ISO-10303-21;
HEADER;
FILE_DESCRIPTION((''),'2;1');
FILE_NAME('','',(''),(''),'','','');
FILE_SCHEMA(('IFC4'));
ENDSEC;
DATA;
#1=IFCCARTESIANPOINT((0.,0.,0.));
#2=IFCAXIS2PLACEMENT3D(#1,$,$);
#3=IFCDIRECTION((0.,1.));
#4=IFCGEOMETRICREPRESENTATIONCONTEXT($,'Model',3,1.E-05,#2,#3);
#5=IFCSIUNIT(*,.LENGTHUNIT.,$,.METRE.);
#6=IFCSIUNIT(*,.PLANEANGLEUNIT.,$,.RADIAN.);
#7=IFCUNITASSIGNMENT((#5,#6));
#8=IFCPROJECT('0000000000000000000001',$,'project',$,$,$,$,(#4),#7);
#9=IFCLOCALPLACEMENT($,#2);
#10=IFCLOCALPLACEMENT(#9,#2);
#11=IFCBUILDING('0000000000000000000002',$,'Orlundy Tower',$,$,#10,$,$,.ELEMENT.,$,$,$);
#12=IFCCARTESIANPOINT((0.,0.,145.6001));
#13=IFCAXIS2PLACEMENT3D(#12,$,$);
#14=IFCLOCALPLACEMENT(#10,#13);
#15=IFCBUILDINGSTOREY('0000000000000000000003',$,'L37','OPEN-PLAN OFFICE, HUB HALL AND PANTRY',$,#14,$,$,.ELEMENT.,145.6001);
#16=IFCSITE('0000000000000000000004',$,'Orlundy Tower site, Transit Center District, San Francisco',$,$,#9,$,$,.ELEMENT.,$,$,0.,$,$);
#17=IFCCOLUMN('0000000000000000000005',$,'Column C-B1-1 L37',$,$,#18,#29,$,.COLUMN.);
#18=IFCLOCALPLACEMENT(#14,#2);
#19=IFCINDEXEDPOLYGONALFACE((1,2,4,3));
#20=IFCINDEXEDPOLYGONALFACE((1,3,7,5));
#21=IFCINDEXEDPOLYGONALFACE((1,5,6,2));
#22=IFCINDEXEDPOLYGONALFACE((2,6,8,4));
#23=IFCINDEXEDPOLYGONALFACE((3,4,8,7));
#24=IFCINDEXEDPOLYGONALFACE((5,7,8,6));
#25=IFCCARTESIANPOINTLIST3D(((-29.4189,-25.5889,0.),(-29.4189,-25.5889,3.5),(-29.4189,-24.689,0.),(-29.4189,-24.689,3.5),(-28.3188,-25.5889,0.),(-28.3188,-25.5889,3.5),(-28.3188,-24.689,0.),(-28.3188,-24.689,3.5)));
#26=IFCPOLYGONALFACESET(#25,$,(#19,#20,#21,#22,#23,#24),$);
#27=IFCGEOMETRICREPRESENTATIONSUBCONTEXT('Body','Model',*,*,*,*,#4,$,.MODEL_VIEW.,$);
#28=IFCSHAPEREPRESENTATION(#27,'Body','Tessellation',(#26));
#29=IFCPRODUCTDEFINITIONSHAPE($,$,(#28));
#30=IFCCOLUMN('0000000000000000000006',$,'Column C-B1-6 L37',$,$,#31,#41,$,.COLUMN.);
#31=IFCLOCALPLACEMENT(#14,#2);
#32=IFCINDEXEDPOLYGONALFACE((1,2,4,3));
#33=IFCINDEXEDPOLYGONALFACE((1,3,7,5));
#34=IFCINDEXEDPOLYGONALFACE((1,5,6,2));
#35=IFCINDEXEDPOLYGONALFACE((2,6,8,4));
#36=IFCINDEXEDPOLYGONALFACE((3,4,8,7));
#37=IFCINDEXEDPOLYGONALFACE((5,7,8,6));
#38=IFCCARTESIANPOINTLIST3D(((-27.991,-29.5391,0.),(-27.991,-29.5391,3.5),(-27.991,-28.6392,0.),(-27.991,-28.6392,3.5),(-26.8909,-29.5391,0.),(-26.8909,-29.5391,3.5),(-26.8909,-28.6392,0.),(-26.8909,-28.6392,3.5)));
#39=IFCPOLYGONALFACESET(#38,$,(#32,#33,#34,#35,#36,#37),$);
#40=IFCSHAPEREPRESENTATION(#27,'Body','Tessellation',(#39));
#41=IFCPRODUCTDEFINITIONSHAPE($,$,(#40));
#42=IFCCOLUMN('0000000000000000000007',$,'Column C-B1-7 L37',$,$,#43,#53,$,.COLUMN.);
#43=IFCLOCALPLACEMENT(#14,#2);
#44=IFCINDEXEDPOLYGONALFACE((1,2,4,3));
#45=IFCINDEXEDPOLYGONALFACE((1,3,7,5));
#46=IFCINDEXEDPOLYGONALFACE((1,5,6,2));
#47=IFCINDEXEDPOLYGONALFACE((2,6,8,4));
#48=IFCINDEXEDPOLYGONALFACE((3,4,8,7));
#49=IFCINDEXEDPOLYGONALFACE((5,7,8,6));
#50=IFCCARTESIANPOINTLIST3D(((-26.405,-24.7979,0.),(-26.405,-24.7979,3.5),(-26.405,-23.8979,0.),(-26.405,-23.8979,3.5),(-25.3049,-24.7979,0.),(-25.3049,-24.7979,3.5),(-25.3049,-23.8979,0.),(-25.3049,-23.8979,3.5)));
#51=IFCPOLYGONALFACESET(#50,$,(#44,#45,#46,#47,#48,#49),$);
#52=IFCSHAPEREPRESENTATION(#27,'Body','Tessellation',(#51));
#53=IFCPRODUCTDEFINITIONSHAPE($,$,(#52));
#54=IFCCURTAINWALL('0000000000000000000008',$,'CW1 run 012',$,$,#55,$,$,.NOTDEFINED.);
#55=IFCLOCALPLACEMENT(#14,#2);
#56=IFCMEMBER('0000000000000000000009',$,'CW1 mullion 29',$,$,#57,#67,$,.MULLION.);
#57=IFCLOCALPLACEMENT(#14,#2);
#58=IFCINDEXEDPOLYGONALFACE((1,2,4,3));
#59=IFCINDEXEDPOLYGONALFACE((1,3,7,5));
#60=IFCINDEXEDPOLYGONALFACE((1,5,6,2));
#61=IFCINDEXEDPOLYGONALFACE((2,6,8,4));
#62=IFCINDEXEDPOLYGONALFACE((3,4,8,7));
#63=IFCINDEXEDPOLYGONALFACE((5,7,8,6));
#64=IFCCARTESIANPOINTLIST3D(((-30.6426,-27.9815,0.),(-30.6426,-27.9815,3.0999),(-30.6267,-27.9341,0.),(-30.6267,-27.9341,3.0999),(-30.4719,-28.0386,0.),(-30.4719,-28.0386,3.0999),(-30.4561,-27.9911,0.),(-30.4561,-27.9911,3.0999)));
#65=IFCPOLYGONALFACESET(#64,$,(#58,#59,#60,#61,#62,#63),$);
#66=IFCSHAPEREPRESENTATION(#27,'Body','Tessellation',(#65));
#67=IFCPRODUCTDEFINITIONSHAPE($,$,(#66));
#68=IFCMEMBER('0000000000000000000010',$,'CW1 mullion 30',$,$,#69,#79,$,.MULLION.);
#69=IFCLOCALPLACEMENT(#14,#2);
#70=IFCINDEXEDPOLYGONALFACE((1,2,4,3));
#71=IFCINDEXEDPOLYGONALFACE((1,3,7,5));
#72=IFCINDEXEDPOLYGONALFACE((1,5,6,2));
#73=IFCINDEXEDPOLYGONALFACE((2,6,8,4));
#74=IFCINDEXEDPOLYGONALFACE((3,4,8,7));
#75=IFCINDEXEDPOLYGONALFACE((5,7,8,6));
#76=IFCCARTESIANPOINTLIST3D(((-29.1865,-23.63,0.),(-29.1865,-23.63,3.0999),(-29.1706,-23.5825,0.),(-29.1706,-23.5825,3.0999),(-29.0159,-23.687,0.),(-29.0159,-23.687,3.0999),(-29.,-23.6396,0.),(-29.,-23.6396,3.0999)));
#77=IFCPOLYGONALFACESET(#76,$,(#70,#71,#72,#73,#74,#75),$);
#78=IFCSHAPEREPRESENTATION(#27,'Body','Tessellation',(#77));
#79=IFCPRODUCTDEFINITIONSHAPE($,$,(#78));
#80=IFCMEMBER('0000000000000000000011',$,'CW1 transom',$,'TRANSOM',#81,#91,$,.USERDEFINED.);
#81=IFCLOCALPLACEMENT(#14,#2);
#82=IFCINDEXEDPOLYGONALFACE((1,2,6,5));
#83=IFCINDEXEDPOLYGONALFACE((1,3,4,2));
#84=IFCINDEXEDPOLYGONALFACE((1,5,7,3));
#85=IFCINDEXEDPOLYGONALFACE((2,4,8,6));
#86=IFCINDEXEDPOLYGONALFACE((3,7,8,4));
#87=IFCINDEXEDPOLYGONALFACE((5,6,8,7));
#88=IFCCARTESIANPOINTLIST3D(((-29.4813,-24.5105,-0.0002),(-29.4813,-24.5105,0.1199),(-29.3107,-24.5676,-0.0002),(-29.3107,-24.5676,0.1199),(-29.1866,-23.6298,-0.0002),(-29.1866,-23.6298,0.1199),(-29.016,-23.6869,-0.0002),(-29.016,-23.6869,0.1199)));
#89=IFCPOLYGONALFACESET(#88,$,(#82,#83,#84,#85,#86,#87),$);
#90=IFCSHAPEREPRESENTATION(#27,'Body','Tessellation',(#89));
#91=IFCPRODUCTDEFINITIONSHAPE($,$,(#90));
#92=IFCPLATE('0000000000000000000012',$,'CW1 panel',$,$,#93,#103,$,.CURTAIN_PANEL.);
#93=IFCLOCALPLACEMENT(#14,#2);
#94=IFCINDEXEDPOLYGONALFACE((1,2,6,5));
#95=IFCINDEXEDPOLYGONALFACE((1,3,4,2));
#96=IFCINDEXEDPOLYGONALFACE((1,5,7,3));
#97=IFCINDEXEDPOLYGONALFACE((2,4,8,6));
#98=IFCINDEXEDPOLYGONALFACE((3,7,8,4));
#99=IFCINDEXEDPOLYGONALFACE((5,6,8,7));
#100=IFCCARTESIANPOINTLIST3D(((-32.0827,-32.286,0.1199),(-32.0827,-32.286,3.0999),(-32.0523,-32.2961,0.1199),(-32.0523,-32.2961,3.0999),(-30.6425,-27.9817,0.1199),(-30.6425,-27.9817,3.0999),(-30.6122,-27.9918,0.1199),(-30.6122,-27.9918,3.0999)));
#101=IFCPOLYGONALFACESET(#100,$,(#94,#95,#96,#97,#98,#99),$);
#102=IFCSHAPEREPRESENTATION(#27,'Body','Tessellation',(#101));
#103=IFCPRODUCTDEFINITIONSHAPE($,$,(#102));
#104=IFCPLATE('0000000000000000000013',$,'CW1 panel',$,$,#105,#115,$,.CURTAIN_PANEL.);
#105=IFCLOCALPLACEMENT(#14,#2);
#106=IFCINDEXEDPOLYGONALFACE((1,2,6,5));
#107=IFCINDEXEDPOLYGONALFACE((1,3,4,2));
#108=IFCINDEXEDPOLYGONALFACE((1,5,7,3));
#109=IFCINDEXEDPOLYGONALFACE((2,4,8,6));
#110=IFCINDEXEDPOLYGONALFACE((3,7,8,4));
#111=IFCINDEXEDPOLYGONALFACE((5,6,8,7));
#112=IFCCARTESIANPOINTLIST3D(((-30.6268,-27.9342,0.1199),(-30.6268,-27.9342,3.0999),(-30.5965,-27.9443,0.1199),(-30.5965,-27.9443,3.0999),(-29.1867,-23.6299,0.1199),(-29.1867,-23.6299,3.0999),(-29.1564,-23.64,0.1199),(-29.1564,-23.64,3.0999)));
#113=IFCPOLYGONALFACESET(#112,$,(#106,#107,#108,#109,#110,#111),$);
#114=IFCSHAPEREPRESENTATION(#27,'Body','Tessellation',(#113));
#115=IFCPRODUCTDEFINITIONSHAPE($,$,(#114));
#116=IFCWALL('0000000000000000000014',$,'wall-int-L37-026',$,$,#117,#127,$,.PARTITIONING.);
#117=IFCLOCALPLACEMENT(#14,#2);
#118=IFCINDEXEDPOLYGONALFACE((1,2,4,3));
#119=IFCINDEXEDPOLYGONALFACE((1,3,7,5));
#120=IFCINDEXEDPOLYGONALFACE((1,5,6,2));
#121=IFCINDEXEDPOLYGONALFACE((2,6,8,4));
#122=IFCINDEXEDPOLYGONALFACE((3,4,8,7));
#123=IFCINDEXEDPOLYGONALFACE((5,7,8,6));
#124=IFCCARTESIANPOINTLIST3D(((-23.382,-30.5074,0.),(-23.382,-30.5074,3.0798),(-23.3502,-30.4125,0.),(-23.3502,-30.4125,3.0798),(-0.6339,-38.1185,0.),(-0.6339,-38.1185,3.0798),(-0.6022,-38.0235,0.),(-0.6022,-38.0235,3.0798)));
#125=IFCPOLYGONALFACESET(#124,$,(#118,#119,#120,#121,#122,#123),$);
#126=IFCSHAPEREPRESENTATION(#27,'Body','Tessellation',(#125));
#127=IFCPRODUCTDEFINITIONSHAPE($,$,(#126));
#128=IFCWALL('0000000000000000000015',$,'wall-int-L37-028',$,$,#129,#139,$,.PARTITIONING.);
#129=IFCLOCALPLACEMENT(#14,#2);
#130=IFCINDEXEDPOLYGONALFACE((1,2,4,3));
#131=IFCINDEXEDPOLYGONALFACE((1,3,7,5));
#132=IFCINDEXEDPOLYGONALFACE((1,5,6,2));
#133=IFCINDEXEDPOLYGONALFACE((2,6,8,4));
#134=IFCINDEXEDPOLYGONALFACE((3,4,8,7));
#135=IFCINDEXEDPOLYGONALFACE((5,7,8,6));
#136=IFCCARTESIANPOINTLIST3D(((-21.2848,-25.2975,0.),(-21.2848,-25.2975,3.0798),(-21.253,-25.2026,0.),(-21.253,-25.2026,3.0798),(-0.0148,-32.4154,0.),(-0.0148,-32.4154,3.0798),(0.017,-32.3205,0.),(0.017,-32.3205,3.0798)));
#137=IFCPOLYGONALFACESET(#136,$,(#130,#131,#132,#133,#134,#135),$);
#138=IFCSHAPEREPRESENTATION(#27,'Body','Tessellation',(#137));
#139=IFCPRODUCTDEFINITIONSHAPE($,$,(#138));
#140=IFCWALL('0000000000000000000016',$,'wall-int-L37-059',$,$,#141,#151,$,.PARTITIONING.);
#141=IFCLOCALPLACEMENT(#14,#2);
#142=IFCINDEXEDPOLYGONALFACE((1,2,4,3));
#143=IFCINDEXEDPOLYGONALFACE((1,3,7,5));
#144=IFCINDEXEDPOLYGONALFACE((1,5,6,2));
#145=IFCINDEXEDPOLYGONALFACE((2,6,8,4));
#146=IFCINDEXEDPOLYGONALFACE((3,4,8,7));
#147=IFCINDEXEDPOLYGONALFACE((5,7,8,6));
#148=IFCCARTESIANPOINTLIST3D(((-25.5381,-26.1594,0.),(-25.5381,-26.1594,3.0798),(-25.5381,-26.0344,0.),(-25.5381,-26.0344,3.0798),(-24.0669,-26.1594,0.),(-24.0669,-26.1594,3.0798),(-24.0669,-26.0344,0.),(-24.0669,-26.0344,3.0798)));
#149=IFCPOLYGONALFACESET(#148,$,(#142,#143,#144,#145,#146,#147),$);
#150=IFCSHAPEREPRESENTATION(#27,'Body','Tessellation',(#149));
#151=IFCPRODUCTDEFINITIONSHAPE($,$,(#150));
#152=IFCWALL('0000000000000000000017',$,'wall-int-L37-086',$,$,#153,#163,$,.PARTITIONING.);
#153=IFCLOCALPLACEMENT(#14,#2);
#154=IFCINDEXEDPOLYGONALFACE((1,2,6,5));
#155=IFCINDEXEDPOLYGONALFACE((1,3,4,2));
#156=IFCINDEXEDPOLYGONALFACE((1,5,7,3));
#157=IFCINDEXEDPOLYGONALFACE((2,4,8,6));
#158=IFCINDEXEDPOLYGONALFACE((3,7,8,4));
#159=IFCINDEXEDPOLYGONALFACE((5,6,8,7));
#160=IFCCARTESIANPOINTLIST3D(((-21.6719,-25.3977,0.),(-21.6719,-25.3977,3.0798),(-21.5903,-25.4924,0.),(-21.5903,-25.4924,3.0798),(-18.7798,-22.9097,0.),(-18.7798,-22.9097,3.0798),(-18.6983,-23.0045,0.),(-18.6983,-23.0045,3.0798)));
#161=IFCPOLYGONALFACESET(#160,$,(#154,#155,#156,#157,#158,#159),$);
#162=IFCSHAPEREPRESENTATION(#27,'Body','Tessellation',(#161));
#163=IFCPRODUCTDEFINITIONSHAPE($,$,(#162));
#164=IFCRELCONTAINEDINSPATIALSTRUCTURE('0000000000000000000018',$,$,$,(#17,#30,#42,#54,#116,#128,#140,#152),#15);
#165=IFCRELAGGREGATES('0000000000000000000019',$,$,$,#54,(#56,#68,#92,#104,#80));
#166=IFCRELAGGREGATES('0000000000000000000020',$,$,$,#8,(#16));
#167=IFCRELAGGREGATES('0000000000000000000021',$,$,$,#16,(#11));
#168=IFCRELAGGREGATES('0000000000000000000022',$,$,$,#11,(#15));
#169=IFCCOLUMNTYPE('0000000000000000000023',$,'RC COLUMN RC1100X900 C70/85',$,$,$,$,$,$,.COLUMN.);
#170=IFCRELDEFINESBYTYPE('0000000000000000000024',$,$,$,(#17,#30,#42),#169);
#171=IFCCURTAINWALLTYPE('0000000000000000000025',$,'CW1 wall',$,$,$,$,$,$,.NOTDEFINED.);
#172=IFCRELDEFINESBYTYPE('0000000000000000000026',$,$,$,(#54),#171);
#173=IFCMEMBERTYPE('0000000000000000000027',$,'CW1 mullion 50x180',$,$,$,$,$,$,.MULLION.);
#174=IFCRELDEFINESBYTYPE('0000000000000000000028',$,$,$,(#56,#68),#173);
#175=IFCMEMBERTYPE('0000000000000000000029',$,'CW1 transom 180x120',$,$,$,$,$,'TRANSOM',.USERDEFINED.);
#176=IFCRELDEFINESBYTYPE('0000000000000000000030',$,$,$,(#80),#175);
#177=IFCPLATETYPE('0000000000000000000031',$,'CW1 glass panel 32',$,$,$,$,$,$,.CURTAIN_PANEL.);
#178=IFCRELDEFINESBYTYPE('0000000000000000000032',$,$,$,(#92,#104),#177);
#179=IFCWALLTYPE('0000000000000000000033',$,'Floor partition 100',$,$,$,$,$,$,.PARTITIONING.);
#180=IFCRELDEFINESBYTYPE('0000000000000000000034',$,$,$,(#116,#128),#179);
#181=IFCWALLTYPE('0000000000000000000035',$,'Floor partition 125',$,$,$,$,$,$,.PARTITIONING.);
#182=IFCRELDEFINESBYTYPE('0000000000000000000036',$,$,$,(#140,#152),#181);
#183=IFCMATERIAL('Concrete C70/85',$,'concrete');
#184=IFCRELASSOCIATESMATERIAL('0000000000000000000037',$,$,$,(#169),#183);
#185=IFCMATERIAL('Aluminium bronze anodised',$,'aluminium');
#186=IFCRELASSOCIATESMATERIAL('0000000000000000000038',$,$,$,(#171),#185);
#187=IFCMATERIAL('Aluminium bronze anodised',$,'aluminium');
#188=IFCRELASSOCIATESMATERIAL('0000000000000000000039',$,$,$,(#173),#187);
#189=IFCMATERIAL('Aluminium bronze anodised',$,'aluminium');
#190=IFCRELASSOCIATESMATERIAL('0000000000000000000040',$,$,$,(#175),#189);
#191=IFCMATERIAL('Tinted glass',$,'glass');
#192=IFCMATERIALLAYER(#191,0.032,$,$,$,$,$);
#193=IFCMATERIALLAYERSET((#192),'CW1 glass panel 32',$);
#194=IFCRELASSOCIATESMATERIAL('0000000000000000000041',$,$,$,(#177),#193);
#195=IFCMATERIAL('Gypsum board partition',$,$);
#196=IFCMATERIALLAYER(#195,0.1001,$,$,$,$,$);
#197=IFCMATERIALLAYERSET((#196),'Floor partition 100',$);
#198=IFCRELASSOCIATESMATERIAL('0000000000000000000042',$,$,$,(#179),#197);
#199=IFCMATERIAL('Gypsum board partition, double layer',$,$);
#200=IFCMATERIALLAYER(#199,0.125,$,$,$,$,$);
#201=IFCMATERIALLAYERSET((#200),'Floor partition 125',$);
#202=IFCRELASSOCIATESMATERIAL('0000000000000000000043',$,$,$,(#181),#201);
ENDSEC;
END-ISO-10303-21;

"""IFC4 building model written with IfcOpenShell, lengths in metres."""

from ifc_helpers import new_model, si_unit, direction, frame, frame_2d, origin, origin_2d, place, context, subcontext, project, spatial, rectangle, extrude, material, layer, layer_set, material_profile, profile_set, type_object, element, aggregate, save


model = new_model("IFC4")

# Units and contexts
model_context = context("Model", 3, precision=1e-05, world=origin(), true_north=direction((0.0, 1.0)))
body_context = subcontext(model_context, "Body", "Model", "MODEL_VIEW")
ifc_project = project(units=[si_unit("LENGTHUNIT", "METRE"), si_unit("PLANEANGLEUNIT", "RADIAN")], contexts=[model_context])

# Site, building, storey
site_placement = place(None, origin())
site = spatial("IfcSite", under=ifc_project, at=site_placement, Name="Orlundy Tower site, Transit Center District, San Francisco", CompositionType="ELEMENT", RefElevation=0.0)
building_placement = place(site_placement, origin())
building = spatial("IfcBuilding", under=site, at=building_placement, Name="Orlundy Tower", CompositionType="ELEMENT")
storey_placement = place(building_placement, frame((0.0, 0.0, 145.6001)))
storey = spatial("IfcBuildingStorey", under=building, at=storey_placement, Name="L37", Description="OPEN-PLAN OFFICE, HUB HALL AND PANTRY", CompositionType="ELEMENT", Elevation=145.6001)

# Columns
ifc_material_1 = material(Name="Concrete C70/85", Category="concrete")
ifc_material_profile_1 = material_profile(ifc_material_1, rectangle(XDim=1.1001, YDim=0.8999, at=origin_2d()), Name="RC1100X900")
ifc_profile_set_1 = profile_set([ifc_material_profile_1], Name="Concrete C70/85")
column_type = type_object("IfcColumnType", Name="RC COLUMN RC1100X900 C70/85", PredefinedType="COLUMN", material=ifc_profile_set_1)
for number, where, z_axis, x_axis, name in (
    (1, (-28.8689, -25.1389, 0.0), (0.0, 0.0, 1.0), (1.0, 0.0, 0.0), "Column C-B1-1 L37"),
    (2, (-27.4409, -29.0891, 0.0), (0.0, 0.0, 1.0), (1.0, 0.0, 0.0), "Column C-B1-6 L37"),
    (3, (-25.855, -24.3479, 0.0), (0.0, 0.0, 1.0), (1.0, 0.0, 0.0), "Column C-B1-7 L37"),
):
    element("IfcColumn", number, at=place(storey_placement, frame(where, z_axis=z_axis, x_axis=x_axis)), inside=storey, type_object=column_type, Name=name, PredefinedType="COLUMN", context=body_context, shape_type="SweptSolid", body=[
        extrude(rectangle(XDim=1.1001, YDim=0.8999, at=origin_2d()), origin(), (0.0, 0.0, 1.0), 3.5),
    ])

# Curtain wall, members, plates
ifc_material_2 = material(Name="Aluminium bronze anodised", Category="aluminium")
curtain_wall_type = type_object("IfcCurtainWallType", Name="CW1 wall", PredefinedType="NOTDEFINED", material=ifc_material_2)
curtain_wall_placement = place(storey_placement, origin())
curtain_wall = element("IfcCurtainWall", 4, at=curtain_wall_placement, inside=storey, type_object=curtain_wall_type, Name="CW1 run 012", PredefinedType="NOTDEFINED")
ifc_material_3 = material(Name="Aluminium bronze anodised", Category="aluminium")
ifc_material_profile_2 = material_profile(ifc_material_3, rectangle(XDim=0.1799, YDim=0.05, at=origin_2d()), Name="CW1 mullion 50x180")
ifc_profile_set_2 = profile_set([ifc_material_profile_2], Name="Aluminium bronze anodised")
member_type_1 = type_object("IfcMemberType", Name="CW1 mullion 50x180", PredefinedType="MULLION", material=ifc_profile_set_2)
member_1_placement = place(storey_placement, frame((-30.5493, -27.9863, 0.0), z_axis=(0.0, 0.0, 1.0), x_axis=(-0.948327, 0.317295, 0.0)))
member_1 = element("IfcMember", 5, at=member_1_placement, type_object=member_type_1, Name="CW1 mullion 29", PredefinedType="MULLION", context=body_context, shape_type="SweptSolid", body=[
    extrude(rectangle(XDim=0.1799, YDim=0.05, at=origin_2d()), origin(), (0.0, 0.0, 1.0), 3.0999),
])
member_2_placement = place(storey_placement, frame((-29.0933, -23.6348, 0.0), z_axis=(0.0, 0.0, 1.0), x_axis=(-0.948327, 0.317295, 0.0)))
member_2 = element("IfcMember", 6, at=member_2_placement, type_object=member_type_1, Name="CW1 mullion 30", PredefinedType="MULLION", context=body_context, shape_type="SweptSolid", body=[
    extrude(rectangle(XDim=0.1799, YDim=0.05, at=origin_2d()), origin(), (0.0, 0.0, 1.0), 3.0999),
])
ifc_material_4 = material(Name="Aluminium bronze anodised", Category="aluminium")
ifc_material_profile_3 = material_profile(ifc_material_4, rectangle(XDim=0.1799, YDim=0.1201, at=origin_2d()), Name="CW1 transom 180x120")
ifc_profile_set_3 = profile_set([ifc_material_profile_3], Name="Aluminium bronze anodised")
member_type_2 = type_object("IfcMemberType", Name="CW1 transom 180x120", ElementType="TRANSOM", PredefinedType="USERDEFINED", material=ifc_profile_set_3)
member_3_placement = place(storey_placement, frame((-29.396, -24.5391, 0.0598), z_axis=(0.317332, 0.948315, 0.0), x_axis=(-0.948315, 0.317332, 0.0)))
member_3 = element("IfcMember", 7, at=member_3_placement, type_object=member_type_2, Name="CW1 transom", ObjectType="TRANSOM", PredefinedType="USERDEFINED", context=body_context, shape_type="SweptSolid", body=[
    extrude(rectangle(XDim=0.1799, YDim=0.1201, at=origin_2d()), origin(), (0.0, 0.0, 1.0), 0.9287),
])
ifc_material_5 = material(Name="Tinted glass", Category="glass")
ifc_layer_1 = layer(ifc_material_5, 0.032)
ifc_layer_set_1 = layer_set([ifc_layer_1], Name="CW1 glass panel 32")
plate_type = type_object("IfcPlateType", Name="CW1 glass panel 32", PredefinedType="CURTAIN_PANEL", material=ifc_layer_set_1)
plate_1_placement = place(storey_placement, frame((-31.3474, -30.1389, 0.1199), z_axis=(0.0, 0.0, 1.0), x_axis=(0.317295, 0.948327, 0.0)))
plate_1 = element("IfcPlate", 8, at=plate_1_placement, type_object=plate_type, Name="CW1 panel", PredefinedType="CURTAIN_PANEL", context=body_context, shape_type="SweptSolid", body=[
    extrude(rectangle(XDim=4.5388, YDim=0.032, at=origin_2d()), origin(), (0.0, 0.0, 1.0), 2.98),
])
plate_2_placement = place(storey_placement, frame((-29.8916, -25.7871, 0.1199), z_axis=(0.0, 0.0, 1.0), x_axis=(0.317295, 0.948327, 0.0)))
plate_2 = element("IfcPlate", 9, at=plate_2_placement, type_object=plate_type, Name="CW1 panel", PredefinedType="CURTAIN_PANEL", context=body_context, shape_type="SweptSolid", body=[
    extrude(rectangle(XDim=4.5388, YDim=0.032, at=origin_2d()), origin(), (0.0, 0.0, 1.0), 2.98),
])
aggregate(curtain_wall, [member_1, member_2, plate_1, plate_2, member_3])

# Walls
ifc_material_6 = material(Name="Gypsum board partition")
ifc_layer_2 = layer(ifc_material_6, 0.1001)
ifc_layer_set_2 = layer_set([ifc_layer_2], Name="Floor partition 100")
wall_type_1 = type_object("IfcWallType", Name="Floor partition 100", PredefinedType="PARTITIONING", material=ifc_layer_set_2)
wall_1_placement = place(storey_placement, frame((-23.366, -30.46, 0.0), z_axis=(0.0, 0.0, 1.0), x_axis=(0.948327, -0.317293, 0.0)))
element("IfcWall", 10, at=wall_1_placement, inside=storey, type_object=wall_type_1, Name="wall-int-L37-026", PredefinedType="PARTITIONING", context=body_context, shape_type="SweptSolid", body=[
    extrude(rectangle(XDim=23.9875, YDim=0.1001, at=frame_2d((11.9937, 0.0))), origin(), (0.0, 0.0, 1.0), 3.0798),
])
wall_2_placement = place(storey_placement, frame((-21.269, -25.25, 0.0), z_axis=(0.0, 0.0, 1.0), x_axis=(0.948309, -0.317348, 0.0)))
element("IfcWall", 11, at=wall_2_placement, inside=storey, type_object=wall_type_1, Name="wall-int-L37-028", PredefinedType="PARTITIONING", context=body_context, shape_type="SweptSolid", body=[
    extrude(rectangle(XDim=22.4294, YDim=0.1001, at=frame_2d((11.2148, 0.0))), origin(), (0.0, 0.0, 1.0), 3.0798),
])
ifc_material_7 = material(Name="Gypsum board partition, double layer")
ifc_layer_3 = layer(ifc_material_7, 0.125)
ifc_layer_set_3 = layer_set([ifc_layer_3], Name="Floor partition 125")
wall_type_2 = type_object("IfcWallType", Name="Floor partition 125", PredefinedType="PARTITIONING", material=ifc_layer_set_3)
wall_3_placement = place(storey_placement, frame((-25.5381, -26.0969, 0.0), z_axis=(0.0, 0.0, 1.0), x_axis=(1.0, 0.0, 0.0)))
element("IfcWall", 12, at=wall_3_placement, inside=storey, type_object=wall_type_2, Name="wall-int-L37-059", PredefinedType="PARTITIONING", context=body_context, shape_type="SweptSolid", body=[
    extrude(rectangle(XDim=1.4712, YDim=0.125, at=frame_2d((0.7356, 0.0))), origin(), (0.0, 0.0, 1.0), 3.0798),
])
wall_4_placement = place(storey_placement, frame((-21.6311, -25.4451, 0.0), z_axis=(0.0, 0.0, 1.0), x_axis=(0.758076, 0.652166, 0.0)))
element("IfcWall", 13, at=wall_4_placement, inside=storey, type_object=wall_type_2, Name="wall-int-L37-086", PredefinedType="PARTITIONING", context=body_context, shape_type="SweptSolid", body=[
    extrude(rectangle(XDim=3.8149, YDim=0.125, at=frame_2d((1.9075, 0.0))), origin(), (0.0, 0.0, 1.0), 3.0798),
])

save(model, "model.ifc")
